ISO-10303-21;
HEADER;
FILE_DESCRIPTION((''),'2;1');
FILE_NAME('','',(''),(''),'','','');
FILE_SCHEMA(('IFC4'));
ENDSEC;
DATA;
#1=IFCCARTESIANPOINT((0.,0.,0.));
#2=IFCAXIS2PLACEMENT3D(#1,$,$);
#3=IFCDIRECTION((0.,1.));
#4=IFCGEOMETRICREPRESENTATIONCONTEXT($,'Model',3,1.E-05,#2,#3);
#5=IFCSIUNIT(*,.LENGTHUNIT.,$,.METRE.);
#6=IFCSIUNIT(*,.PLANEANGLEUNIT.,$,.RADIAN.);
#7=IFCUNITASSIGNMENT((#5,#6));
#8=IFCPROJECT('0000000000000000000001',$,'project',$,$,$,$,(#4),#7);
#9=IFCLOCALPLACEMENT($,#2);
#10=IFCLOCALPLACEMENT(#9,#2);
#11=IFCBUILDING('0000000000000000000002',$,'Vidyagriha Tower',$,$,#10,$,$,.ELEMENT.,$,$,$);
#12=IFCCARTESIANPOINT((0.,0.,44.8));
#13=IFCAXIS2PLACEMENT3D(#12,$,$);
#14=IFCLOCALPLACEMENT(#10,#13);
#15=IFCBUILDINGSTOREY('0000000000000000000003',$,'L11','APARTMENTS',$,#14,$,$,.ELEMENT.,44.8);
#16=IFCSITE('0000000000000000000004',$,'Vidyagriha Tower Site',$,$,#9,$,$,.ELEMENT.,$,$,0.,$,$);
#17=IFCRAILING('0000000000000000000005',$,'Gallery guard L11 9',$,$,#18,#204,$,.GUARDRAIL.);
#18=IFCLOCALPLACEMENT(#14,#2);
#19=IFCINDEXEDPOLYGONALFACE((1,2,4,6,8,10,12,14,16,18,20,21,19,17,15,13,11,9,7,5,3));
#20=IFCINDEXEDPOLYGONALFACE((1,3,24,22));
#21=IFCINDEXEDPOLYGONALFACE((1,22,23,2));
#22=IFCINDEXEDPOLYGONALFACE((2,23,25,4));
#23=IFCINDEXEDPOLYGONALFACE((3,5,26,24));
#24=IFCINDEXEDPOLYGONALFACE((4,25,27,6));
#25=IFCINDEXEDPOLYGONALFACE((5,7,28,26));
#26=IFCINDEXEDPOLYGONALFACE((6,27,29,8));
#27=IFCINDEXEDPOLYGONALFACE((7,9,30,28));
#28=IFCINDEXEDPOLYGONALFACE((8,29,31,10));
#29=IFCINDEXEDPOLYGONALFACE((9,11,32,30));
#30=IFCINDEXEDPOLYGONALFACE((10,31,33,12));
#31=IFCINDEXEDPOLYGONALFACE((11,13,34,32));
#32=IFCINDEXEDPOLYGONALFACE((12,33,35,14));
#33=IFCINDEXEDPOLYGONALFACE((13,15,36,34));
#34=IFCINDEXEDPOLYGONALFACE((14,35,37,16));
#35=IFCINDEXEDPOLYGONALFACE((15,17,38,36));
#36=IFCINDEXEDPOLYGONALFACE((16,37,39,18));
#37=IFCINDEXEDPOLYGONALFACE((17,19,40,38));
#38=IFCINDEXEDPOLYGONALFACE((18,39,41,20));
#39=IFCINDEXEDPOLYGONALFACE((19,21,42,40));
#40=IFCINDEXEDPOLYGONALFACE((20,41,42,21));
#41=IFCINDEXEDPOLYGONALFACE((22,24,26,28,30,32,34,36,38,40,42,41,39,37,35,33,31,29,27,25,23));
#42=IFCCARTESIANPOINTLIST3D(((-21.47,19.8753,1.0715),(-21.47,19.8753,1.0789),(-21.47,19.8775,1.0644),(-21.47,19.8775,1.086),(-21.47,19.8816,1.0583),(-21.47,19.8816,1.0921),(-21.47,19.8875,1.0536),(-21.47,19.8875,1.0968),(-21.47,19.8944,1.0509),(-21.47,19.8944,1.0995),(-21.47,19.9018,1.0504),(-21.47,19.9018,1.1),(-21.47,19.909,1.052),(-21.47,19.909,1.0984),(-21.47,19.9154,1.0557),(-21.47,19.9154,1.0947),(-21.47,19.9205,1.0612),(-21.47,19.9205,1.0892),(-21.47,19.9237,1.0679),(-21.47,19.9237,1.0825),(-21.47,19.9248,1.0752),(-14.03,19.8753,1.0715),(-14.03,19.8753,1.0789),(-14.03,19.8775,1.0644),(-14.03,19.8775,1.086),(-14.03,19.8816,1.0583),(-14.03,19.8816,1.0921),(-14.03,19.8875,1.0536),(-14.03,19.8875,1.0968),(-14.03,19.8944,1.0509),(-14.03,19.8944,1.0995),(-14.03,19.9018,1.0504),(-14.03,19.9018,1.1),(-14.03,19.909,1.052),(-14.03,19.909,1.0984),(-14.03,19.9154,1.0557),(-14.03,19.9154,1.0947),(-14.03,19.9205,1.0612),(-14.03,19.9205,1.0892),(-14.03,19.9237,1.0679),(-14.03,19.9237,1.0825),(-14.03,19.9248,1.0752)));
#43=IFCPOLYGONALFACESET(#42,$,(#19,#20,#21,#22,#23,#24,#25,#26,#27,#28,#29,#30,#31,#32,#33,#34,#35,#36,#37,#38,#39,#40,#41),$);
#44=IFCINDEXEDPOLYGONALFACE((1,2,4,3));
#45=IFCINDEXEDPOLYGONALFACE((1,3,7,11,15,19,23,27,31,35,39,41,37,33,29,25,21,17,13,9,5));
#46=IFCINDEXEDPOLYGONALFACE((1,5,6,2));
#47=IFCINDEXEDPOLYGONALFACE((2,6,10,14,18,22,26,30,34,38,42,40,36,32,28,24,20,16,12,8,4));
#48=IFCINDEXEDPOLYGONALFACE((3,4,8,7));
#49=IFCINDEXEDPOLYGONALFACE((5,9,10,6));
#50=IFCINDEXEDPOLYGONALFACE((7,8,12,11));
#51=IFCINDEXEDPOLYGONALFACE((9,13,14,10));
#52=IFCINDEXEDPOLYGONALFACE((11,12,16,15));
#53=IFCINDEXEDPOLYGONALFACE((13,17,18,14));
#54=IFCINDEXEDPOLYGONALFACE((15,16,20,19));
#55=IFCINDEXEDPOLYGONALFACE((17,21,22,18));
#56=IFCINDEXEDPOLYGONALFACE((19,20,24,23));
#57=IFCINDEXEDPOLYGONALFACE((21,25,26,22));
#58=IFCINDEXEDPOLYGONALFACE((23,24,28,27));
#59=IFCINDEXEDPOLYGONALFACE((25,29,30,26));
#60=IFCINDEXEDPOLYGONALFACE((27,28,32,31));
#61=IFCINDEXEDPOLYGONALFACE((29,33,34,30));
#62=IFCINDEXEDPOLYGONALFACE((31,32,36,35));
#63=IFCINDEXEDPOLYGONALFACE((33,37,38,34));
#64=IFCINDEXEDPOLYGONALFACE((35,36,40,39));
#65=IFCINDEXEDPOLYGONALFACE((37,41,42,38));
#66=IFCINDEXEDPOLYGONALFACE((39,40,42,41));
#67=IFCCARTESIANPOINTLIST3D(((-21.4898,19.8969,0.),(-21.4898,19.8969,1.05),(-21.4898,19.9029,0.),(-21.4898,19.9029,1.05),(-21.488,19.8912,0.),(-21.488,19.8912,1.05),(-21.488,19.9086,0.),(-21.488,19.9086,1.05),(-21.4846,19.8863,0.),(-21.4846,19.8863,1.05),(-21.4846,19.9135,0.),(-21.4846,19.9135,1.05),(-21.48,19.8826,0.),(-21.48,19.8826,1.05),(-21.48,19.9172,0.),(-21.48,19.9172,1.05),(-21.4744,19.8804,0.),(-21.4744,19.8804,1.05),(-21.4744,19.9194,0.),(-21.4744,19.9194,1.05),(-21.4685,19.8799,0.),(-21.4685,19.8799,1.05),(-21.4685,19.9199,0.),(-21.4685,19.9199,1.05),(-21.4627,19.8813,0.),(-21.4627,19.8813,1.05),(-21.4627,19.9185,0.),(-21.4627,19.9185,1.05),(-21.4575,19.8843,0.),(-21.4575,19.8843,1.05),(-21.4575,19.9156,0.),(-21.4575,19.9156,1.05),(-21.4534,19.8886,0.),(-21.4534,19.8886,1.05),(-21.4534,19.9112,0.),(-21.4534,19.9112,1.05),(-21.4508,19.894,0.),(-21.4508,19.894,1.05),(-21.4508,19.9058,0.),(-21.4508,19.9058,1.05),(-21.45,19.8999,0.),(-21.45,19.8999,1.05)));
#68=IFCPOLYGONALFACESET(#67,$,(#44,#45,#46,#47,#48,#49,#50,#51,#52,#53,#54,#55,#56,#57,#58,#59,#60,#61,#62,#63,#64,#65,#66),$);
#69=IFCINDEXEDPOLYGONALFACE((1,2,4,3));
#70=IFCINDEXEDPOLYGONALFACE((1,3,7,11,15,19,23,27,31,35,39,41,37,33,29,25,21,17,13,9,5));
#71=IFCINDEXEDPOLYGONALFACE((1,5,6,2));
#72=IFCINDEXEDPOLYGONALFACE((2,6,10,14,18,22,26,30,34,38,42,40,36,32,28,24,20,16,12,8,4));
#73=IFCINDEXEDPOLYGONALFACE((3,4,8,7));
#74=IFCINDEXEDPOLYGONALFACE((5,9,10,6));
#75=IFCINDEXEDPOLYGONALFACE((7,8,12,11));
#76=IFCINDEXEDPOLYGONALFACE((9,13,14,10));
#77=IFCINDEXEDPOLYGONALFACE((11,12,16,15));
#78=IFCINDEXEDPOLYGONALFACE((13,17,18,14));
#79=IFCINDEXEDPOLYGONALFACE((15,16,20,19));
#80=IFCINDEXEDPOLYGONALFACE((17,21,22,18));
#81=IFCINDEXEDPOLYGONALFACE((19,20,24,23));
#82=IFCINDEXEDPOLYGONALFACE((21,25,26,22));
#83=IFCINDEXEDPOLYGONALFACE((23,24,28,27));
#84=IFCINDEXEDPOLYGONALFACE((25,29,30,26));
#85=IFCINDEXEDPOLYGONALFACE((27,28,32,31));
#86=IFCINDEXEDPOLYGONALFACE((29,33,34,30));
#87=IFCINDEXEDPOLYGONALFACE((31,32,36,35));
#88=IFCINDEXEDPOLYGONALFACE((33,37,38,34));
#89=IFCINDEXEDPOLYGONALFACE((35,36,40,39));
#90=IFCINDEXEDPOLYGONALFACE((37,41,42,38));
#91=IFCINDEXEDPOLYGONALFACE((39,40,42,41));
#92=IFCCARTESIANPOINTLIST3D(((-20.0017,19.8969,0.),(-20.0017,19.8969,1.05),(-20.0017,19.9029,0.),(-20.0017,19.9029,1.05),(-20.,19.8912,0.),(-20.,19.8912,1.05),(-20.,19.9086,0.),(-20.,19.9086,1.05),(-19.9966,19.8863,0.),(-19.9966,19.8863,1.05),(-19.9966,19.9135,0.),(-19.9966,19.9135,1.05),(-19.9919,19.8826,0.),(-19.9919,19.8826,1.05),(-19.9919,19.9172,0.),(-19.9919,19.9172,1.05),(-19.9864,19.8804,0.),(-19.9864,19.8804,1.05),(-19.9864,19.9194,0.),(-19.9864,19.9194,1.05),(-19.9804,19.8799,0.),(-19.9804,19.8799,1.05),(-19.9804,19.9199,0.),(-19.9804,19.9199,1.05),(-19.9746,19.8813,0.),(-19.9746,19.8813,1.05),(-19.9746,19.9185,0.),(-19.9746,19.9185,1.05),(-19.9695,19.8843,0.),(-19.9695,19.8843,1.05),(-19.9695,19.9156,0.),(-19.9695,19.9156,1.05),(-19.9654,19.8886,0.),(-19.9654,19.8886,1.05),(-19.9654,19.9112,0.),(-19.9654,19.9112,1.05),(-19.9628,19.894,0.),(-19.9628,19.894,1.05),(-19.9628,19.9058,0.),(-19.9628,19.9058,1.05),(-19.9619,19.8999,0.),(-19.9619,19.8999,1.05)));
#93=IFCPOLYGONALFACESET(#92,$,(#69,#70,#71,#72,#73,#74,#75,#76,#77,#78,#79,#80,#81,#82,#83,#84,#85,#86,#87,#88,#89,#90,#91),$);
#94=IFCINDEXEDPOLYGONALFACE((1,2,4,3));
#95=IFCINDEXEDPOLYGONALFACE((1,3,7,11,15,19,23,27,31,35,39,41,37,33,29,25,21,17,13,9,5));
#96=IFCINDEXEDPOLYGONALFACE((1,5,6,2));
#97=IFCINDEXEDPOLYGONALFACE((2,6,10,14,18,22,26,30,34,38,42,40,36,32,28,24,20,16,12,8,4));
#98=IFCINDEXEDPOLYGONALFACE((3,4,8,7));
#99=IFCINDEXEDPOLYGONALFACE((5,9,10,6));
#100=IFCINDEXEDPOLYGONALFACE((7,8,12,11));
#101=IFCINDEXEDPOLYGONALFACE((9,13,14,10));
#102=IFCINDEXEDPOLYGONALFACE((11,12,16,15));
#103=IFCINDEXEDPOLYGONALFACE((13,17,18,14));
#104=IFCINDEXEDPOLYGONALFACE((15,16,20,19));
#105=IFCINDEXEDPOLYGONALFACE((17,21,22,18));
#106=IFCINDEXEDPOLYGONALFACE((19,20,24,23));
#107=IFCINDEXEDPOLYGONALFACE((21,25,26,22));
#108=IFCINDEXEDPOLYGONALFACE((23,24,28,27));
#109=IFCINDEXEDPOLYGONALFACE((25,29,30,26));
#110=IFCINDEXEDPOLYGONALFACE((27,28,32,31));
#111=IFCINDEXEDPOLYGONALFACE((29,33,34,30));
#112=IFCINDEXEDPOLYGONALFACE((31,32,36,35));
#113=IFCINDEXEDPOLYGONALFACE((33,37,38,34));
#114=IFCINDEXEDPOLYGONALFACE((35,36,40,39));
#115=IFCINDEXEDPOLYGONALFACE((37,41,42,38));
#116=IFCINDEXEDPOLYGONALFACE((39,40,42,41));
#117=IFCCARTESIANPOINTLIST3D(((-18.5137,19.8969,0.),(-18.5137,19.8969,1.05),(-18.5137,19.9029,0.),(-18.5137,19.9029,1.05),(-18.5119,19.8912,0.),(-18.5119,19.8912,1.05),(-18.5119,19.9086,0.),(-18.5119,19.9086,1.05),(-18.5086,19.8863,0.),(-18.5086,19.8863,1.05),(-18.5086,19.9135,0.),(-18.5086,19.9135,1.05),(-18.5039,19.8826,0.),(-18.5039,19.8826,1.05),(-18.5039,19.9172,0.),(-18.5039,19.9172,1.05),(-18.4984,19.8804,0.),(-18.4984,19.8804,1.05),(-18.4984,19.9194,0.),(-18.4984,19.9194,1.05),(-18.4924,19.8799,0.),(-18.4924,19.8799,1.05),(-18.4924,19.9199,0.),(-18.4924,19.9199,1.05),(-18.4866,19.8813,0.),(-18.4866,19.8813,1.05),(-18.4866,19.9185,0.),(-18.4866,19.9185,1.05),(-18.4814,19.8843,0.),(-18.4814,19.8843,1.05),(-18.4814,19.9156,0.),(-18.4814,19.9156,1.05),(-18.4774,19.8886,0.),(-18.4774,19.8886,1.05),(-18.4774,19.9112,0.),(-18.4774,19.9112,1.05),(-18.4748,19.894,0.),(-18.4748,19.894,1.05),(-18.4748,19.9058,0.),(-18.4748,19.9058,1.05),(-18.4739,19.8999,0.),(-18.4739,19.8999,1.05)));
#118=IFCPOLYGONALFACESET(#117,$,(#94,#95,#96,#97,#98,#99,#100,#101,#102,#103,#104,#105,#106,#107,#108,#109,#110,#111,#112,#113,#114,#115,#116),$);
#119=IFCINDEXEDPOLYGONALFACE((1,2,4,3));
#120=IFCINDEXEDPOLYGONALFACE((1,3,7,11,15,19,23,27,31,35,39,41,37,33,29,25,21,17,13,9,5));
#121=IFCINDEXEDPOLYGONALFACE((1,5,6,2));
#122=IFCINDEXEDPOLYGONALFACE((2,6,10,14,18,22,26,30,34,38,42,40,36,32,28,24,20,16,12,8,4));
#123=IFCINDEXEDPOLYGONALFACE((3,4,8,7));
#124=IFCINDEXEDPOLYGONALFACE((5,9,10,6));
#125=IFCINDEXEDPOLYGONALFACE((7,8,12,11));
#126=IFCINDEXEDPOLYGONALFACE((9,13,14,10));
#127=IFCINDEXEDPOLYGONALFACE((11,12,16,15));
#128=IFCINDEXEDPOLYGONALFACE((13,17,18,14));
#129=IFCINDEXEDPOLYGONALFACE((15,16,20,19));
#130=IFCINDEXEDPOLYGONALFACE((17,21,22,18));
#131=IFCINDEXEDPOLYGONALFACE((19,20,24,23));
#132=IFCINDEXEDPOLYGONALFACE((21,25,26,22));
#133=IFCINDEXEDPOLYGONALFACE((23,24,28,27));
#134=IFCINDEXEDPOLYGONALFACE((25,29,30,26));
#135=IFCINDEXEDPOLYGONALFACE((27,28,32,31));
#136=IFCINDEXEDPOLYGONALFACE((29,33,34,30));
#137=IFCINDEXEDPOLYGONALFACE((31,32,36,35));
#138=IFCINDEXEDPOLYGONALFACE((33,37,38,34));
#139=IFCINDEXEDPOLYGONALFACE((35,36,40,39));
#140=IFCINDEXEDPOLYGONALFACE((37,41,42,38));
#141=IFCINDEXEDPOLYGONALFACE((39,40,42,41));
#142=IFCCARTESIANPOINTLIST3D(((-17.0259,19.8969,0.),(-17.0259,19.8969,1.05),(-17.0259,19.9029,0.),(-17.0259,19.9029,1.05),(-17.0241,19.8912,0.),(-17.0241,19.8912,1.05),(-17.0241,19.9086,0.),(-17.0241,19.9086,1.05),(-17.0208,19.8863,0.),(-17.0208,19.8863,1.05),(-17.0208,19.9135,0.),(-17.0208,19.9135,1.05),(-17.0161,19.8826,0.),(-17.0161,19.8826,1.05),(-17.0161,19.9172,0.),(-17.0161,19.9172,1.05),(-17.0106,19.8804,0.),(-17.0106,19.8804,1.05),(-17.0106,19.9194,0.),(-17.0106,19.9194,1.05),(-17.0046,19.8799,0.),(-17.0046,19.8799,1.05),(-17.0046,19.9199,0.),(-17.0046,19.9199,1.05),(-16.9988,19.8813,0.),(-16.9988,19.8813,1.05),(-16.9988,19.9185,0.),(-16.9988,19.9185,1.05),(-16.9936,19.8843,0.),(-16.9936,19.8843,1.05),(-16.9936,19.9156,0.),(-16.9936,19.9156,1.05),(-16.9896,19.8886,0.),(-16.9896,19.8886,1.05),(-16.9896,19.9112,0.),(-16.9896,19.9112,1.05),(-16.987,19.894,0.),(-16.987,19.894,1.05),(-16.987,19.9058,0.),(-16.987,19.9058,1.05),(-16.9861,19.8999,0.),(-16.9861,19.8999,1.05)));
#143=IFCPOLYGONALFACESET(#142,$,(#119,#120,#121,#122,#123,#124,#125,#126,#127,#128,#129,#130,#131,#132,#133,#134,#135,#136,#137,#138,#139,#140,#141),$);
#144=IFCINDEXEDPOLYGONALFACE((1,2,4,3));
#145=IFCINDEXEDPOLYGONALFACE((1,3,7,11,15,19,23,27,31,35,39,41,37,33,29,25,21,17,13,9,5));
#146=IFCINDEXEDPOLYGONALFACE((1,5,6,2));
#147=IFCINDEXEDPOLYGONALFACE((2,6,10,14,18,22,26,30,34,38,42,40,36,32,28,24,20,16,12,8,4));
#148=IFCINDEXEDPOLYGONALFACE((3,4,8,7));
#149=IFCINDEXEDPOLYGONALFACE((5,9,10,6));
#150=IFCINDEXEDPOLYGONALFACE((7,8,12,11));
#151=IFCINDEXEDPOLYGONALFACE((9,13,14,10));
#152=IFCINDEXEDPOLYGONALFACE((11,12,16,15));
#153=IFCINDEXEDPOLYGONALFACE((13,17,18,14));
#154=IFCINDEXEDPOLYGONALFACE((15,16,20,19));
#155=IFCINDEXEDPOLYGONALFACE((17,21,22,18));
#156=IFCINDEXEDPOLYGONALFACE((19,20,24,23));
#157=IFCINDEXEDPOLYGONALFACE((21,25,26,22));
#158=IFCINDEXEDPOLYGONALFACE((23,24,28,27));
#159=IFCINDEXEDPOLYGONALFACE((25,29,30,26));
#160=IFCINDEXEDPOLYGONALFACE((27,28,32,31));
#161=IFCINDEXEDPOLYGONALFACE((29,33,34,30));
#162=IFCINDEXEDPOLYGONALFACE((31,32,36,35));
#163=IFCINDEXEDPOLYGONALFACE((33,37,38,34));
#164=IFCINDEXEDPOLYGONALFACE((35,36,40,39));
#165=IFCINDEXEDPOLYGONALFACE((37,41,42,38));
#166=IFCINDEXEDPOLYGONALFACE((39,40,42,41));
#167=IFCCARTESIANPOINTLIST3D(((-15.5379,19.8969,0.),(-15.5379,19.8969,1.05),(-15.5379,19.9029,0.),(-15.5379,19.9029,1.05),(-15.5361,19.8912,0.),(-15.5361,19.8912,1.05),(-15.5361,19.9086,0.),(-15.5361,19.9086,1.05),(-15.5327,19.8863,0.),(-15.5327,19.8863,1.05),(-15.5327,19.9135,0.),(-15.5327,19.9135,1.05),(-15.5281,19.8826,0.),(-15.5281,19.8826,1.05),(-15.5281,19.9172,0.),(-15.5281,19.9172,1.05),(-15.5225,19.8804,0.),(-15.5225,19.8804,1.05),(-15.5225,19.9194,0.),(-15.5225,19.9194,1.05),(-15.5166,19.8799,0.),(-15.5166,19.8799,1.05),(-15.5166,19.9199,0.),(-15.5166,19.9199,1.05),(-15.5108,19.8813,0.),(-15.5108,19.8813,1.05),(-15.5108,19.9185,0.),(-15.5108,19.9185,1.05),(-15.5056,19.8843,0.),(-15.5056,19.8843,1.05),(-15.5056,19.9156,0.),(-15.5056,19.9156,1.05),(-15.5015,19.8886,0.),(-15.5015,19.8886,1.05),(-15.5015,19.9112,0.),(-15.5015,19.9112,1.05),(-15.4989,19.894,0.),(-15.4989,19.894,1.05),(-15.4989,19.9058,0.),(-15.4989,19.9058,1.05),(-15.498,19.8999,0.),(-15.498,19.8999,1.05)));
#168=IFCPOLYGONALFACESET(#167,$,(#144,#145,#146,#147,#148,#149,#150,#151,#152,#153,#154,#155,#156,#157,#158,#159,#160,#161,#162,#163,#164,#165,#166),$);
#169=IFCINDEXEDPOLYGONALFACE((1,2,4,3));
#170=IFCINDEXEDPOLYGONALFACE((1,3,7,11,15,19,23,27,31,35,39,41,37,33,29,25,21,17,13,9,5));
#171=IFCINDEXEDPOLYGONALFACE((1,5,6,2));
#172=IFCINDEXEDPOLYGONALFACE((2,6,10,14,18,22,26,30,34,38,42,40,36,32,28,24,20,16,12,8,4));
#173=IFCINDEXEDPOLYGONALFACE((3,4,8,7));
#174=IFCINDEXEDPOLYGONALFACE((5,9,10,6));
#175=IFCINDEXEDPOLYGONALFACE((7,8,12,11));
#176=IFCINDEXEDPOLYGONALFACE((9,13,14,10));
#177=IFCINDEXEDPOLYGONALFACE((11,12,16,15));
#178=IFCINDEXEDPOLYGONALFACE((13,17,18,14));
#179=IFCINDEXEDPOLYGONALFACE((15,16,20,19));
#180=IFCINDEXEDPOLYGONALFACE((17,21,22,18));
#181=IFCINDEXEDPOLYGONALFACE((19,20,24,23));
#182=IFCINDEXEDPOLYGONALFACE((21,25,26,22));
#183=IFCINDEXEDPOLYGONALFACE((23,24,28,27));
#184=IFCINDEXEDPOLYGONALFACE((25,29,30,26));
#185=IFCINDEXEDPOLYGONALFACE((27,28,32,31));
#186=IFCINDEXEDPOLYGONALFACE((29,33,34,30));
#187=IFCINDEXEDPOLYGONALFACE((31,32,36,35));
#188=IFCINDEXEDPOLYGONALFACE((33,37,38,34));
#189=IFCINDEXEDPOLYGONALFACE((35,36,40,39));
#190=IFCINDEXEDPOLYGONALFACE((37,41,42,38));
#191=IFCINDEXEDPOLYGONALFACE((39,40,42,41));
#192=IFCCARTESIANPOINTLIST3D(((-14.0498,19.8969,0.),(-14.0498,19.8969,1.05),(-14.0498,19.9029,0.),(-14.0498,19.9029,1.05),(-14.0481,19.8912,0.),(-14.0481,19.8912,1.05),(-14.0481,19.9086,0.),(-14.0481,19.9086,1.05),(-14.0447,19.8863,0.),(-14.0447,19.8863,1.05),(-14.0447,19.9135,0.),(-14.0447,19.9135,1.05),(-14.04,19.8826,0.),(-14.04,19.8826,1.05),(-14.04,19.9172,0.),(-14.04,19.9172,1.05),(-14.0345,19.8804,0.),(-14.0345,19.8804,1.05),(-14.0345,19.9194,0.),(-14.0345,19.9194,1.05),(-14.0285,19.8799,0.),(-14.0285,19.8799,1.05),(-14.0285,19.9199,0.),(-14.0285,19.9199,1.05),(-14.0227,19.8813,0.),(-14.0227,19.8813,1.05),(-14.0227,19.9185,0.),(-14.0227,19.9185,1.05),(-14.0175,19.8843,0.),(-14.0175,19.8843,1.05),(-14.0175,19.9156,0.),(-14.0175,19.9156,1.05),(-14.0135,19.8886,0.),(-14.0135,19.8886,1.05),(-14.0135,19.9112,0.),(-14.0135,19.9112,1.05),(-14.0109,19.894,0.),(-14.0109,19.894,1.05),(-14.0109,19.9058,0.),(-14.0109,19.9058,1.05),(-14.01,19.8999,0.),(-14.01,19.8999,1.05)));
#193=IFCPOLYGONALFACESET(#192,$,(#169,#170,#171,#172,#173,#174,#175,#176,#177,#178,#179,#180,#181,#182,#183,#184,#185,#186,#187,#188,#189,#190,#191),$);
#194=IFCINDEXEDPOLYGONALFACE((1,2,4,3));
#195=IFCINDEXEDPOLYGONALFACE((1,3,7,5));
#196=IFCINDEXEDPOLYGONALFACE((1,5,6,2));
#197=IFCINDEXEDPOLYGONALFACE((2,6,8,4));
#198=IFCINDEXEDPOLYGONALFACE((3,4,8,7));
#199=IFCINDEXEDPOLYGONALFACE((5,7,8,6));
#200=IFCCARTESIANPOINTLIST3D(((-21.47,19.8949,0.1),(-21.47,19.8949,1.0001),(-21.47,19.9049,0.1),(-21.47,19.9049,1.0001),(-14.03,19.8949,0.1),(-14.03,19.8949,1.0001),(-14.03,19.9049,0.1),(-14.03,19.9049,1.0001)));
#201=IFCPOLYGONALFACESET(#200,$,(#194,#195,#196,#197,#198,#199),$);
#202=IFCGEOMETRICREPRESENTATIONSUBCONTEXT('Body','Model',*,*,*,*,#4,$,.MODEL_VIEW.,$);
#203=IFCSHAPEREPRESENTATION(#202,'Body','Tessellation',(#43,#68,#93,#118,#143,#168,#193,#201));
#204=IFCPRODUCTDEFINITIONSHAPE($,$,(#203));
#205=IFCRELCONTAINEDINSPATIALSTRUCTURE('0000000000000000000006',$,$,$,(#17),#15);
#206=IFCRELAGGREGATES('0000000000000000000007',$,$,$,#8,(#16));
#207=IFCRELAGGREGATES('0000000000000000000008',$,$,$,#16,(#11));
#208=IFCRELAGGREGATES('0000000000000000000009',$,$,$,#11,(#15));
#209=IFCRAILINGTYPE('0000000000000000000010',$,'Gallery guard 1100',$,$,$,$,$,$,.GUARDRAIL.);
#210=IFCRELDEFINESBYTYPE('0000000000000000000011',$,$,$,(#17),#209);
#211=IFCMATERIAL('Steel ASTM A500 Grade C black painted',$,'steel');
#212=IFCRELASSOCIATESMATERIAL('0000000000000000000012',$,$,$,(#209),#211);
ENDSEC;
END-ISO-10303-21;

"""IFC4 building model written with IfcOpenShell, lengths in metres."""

from ifc_helpers import new_model, si_unit, direction, frame, origin, origin_2d, place, context, subcontext, project, spatial, rectangle, circle, extrude, material, type_object, element, save


model = new_model("IFC4")

# Units and contexts
model_context = context("Model", 3, precision=1e-05, world=origin(), true_north=direction((0.0, 1.0)))
body_context = subcontext(model_context, "Body", "Model", "MODEL_VIEW")
ifc_project = project(units=[si_unit("LENGTHUNIT", "METRE"), si_unit("PLANEANGLEUNIT", "RADIAN")], contexts=[model_context])

# Site, building, storey
site_placement = place(None, origin())
site = spatial("IfcSite", under=ifc_project, at=site_placement, Name="Vidyagriha Tower Site", CompositionType="ELEMENT", RefElevation=0.0)
building_placement = place(site_placement, origin())
building = spatial("IfcBuilding", under=site, at=building_placement, Name="Vidyagriha Tower", CompositionType="ELEMENT")
storey_placement = place(building_placement, frame((0.0, 0.0, 44.8)))
storey = spatial("IfcBuildingStorey", under=building, at=storey_placement, Name="L11", Description="APARTMENTS", CompositionType="ELEMENT", Elevation=44.8)

# Railing
ifc_material_1 = material(Name="Steel ASTM A500 Grade C black painted", Category="steel")
railing_type = type_object("IfcRailingType", Name="Gallery guard 1100", PredefinedType="GUARDRAIL", material=ifc_material_1)
railing_placement = place(storey_placement, frame((-21.47, 19.8999, 0.0)))
element("IfcRailing", 1, at=railing_placement, inside=storey, type_object=railing_type, Name="Gallery guard L11 9", PredefinedType="GUARDRAIL", context=body_context, shape_type="SweptSolid", body=[
    extrude(circle(Radius=0.0249, at=origin_2d()), frame((0.0, 0.0, 1.0752), z_axis=(1.0, 0.0, 0.0), x_axis=(0.0, 1.0, 0.0)), (0.0, 0.0, 1.0), 7.4399),
    extrude(circle(Radius=0.02, at=origin_2d()), origin(), (0.0, 0.0, 1.0), 1.05),
    extrude(circle(Radius=0.02, at=origin_2d()), frame((1.488, 0.0, 0.0)), (0.0, 0.0, 1.0), 1.05),
    extrude(circle(Radius=0.02, at=origin_2d()), frame((2.9761, 0.0, 0.0)), (0.0, 0.0, 1.0), 1.05),
    extrude(circle(Radius=0.02, at=origin_2d()), frame((4.4639, 0.0, 0.0)), (0.0, 0.0, 1.0), 1.05),
    extrude(circle(Radius=0.02, at=origin_2d()), frame((5.9519, 0.0, 0.0)), (0.0, 0.0, 1.0), 1.05),
    extrude(circle(Radius=0.02, at=origin_2d()), frame((7.4399, 0.0, 0.0)), (0.0, 0.0, 1.0), 1.05),
    extrude(rectangle(XDim=0.01, YDim=0.9001, at=origin_2d()), frame((0.0, 0.0, 0.55), z_axis=(1.0, 0.0, 0.0), x_axis=(0.0, 1.0, 0.0)), (0.0, 0.0, 1.0), 7.4399),
])

save(model, "model.ifc")
